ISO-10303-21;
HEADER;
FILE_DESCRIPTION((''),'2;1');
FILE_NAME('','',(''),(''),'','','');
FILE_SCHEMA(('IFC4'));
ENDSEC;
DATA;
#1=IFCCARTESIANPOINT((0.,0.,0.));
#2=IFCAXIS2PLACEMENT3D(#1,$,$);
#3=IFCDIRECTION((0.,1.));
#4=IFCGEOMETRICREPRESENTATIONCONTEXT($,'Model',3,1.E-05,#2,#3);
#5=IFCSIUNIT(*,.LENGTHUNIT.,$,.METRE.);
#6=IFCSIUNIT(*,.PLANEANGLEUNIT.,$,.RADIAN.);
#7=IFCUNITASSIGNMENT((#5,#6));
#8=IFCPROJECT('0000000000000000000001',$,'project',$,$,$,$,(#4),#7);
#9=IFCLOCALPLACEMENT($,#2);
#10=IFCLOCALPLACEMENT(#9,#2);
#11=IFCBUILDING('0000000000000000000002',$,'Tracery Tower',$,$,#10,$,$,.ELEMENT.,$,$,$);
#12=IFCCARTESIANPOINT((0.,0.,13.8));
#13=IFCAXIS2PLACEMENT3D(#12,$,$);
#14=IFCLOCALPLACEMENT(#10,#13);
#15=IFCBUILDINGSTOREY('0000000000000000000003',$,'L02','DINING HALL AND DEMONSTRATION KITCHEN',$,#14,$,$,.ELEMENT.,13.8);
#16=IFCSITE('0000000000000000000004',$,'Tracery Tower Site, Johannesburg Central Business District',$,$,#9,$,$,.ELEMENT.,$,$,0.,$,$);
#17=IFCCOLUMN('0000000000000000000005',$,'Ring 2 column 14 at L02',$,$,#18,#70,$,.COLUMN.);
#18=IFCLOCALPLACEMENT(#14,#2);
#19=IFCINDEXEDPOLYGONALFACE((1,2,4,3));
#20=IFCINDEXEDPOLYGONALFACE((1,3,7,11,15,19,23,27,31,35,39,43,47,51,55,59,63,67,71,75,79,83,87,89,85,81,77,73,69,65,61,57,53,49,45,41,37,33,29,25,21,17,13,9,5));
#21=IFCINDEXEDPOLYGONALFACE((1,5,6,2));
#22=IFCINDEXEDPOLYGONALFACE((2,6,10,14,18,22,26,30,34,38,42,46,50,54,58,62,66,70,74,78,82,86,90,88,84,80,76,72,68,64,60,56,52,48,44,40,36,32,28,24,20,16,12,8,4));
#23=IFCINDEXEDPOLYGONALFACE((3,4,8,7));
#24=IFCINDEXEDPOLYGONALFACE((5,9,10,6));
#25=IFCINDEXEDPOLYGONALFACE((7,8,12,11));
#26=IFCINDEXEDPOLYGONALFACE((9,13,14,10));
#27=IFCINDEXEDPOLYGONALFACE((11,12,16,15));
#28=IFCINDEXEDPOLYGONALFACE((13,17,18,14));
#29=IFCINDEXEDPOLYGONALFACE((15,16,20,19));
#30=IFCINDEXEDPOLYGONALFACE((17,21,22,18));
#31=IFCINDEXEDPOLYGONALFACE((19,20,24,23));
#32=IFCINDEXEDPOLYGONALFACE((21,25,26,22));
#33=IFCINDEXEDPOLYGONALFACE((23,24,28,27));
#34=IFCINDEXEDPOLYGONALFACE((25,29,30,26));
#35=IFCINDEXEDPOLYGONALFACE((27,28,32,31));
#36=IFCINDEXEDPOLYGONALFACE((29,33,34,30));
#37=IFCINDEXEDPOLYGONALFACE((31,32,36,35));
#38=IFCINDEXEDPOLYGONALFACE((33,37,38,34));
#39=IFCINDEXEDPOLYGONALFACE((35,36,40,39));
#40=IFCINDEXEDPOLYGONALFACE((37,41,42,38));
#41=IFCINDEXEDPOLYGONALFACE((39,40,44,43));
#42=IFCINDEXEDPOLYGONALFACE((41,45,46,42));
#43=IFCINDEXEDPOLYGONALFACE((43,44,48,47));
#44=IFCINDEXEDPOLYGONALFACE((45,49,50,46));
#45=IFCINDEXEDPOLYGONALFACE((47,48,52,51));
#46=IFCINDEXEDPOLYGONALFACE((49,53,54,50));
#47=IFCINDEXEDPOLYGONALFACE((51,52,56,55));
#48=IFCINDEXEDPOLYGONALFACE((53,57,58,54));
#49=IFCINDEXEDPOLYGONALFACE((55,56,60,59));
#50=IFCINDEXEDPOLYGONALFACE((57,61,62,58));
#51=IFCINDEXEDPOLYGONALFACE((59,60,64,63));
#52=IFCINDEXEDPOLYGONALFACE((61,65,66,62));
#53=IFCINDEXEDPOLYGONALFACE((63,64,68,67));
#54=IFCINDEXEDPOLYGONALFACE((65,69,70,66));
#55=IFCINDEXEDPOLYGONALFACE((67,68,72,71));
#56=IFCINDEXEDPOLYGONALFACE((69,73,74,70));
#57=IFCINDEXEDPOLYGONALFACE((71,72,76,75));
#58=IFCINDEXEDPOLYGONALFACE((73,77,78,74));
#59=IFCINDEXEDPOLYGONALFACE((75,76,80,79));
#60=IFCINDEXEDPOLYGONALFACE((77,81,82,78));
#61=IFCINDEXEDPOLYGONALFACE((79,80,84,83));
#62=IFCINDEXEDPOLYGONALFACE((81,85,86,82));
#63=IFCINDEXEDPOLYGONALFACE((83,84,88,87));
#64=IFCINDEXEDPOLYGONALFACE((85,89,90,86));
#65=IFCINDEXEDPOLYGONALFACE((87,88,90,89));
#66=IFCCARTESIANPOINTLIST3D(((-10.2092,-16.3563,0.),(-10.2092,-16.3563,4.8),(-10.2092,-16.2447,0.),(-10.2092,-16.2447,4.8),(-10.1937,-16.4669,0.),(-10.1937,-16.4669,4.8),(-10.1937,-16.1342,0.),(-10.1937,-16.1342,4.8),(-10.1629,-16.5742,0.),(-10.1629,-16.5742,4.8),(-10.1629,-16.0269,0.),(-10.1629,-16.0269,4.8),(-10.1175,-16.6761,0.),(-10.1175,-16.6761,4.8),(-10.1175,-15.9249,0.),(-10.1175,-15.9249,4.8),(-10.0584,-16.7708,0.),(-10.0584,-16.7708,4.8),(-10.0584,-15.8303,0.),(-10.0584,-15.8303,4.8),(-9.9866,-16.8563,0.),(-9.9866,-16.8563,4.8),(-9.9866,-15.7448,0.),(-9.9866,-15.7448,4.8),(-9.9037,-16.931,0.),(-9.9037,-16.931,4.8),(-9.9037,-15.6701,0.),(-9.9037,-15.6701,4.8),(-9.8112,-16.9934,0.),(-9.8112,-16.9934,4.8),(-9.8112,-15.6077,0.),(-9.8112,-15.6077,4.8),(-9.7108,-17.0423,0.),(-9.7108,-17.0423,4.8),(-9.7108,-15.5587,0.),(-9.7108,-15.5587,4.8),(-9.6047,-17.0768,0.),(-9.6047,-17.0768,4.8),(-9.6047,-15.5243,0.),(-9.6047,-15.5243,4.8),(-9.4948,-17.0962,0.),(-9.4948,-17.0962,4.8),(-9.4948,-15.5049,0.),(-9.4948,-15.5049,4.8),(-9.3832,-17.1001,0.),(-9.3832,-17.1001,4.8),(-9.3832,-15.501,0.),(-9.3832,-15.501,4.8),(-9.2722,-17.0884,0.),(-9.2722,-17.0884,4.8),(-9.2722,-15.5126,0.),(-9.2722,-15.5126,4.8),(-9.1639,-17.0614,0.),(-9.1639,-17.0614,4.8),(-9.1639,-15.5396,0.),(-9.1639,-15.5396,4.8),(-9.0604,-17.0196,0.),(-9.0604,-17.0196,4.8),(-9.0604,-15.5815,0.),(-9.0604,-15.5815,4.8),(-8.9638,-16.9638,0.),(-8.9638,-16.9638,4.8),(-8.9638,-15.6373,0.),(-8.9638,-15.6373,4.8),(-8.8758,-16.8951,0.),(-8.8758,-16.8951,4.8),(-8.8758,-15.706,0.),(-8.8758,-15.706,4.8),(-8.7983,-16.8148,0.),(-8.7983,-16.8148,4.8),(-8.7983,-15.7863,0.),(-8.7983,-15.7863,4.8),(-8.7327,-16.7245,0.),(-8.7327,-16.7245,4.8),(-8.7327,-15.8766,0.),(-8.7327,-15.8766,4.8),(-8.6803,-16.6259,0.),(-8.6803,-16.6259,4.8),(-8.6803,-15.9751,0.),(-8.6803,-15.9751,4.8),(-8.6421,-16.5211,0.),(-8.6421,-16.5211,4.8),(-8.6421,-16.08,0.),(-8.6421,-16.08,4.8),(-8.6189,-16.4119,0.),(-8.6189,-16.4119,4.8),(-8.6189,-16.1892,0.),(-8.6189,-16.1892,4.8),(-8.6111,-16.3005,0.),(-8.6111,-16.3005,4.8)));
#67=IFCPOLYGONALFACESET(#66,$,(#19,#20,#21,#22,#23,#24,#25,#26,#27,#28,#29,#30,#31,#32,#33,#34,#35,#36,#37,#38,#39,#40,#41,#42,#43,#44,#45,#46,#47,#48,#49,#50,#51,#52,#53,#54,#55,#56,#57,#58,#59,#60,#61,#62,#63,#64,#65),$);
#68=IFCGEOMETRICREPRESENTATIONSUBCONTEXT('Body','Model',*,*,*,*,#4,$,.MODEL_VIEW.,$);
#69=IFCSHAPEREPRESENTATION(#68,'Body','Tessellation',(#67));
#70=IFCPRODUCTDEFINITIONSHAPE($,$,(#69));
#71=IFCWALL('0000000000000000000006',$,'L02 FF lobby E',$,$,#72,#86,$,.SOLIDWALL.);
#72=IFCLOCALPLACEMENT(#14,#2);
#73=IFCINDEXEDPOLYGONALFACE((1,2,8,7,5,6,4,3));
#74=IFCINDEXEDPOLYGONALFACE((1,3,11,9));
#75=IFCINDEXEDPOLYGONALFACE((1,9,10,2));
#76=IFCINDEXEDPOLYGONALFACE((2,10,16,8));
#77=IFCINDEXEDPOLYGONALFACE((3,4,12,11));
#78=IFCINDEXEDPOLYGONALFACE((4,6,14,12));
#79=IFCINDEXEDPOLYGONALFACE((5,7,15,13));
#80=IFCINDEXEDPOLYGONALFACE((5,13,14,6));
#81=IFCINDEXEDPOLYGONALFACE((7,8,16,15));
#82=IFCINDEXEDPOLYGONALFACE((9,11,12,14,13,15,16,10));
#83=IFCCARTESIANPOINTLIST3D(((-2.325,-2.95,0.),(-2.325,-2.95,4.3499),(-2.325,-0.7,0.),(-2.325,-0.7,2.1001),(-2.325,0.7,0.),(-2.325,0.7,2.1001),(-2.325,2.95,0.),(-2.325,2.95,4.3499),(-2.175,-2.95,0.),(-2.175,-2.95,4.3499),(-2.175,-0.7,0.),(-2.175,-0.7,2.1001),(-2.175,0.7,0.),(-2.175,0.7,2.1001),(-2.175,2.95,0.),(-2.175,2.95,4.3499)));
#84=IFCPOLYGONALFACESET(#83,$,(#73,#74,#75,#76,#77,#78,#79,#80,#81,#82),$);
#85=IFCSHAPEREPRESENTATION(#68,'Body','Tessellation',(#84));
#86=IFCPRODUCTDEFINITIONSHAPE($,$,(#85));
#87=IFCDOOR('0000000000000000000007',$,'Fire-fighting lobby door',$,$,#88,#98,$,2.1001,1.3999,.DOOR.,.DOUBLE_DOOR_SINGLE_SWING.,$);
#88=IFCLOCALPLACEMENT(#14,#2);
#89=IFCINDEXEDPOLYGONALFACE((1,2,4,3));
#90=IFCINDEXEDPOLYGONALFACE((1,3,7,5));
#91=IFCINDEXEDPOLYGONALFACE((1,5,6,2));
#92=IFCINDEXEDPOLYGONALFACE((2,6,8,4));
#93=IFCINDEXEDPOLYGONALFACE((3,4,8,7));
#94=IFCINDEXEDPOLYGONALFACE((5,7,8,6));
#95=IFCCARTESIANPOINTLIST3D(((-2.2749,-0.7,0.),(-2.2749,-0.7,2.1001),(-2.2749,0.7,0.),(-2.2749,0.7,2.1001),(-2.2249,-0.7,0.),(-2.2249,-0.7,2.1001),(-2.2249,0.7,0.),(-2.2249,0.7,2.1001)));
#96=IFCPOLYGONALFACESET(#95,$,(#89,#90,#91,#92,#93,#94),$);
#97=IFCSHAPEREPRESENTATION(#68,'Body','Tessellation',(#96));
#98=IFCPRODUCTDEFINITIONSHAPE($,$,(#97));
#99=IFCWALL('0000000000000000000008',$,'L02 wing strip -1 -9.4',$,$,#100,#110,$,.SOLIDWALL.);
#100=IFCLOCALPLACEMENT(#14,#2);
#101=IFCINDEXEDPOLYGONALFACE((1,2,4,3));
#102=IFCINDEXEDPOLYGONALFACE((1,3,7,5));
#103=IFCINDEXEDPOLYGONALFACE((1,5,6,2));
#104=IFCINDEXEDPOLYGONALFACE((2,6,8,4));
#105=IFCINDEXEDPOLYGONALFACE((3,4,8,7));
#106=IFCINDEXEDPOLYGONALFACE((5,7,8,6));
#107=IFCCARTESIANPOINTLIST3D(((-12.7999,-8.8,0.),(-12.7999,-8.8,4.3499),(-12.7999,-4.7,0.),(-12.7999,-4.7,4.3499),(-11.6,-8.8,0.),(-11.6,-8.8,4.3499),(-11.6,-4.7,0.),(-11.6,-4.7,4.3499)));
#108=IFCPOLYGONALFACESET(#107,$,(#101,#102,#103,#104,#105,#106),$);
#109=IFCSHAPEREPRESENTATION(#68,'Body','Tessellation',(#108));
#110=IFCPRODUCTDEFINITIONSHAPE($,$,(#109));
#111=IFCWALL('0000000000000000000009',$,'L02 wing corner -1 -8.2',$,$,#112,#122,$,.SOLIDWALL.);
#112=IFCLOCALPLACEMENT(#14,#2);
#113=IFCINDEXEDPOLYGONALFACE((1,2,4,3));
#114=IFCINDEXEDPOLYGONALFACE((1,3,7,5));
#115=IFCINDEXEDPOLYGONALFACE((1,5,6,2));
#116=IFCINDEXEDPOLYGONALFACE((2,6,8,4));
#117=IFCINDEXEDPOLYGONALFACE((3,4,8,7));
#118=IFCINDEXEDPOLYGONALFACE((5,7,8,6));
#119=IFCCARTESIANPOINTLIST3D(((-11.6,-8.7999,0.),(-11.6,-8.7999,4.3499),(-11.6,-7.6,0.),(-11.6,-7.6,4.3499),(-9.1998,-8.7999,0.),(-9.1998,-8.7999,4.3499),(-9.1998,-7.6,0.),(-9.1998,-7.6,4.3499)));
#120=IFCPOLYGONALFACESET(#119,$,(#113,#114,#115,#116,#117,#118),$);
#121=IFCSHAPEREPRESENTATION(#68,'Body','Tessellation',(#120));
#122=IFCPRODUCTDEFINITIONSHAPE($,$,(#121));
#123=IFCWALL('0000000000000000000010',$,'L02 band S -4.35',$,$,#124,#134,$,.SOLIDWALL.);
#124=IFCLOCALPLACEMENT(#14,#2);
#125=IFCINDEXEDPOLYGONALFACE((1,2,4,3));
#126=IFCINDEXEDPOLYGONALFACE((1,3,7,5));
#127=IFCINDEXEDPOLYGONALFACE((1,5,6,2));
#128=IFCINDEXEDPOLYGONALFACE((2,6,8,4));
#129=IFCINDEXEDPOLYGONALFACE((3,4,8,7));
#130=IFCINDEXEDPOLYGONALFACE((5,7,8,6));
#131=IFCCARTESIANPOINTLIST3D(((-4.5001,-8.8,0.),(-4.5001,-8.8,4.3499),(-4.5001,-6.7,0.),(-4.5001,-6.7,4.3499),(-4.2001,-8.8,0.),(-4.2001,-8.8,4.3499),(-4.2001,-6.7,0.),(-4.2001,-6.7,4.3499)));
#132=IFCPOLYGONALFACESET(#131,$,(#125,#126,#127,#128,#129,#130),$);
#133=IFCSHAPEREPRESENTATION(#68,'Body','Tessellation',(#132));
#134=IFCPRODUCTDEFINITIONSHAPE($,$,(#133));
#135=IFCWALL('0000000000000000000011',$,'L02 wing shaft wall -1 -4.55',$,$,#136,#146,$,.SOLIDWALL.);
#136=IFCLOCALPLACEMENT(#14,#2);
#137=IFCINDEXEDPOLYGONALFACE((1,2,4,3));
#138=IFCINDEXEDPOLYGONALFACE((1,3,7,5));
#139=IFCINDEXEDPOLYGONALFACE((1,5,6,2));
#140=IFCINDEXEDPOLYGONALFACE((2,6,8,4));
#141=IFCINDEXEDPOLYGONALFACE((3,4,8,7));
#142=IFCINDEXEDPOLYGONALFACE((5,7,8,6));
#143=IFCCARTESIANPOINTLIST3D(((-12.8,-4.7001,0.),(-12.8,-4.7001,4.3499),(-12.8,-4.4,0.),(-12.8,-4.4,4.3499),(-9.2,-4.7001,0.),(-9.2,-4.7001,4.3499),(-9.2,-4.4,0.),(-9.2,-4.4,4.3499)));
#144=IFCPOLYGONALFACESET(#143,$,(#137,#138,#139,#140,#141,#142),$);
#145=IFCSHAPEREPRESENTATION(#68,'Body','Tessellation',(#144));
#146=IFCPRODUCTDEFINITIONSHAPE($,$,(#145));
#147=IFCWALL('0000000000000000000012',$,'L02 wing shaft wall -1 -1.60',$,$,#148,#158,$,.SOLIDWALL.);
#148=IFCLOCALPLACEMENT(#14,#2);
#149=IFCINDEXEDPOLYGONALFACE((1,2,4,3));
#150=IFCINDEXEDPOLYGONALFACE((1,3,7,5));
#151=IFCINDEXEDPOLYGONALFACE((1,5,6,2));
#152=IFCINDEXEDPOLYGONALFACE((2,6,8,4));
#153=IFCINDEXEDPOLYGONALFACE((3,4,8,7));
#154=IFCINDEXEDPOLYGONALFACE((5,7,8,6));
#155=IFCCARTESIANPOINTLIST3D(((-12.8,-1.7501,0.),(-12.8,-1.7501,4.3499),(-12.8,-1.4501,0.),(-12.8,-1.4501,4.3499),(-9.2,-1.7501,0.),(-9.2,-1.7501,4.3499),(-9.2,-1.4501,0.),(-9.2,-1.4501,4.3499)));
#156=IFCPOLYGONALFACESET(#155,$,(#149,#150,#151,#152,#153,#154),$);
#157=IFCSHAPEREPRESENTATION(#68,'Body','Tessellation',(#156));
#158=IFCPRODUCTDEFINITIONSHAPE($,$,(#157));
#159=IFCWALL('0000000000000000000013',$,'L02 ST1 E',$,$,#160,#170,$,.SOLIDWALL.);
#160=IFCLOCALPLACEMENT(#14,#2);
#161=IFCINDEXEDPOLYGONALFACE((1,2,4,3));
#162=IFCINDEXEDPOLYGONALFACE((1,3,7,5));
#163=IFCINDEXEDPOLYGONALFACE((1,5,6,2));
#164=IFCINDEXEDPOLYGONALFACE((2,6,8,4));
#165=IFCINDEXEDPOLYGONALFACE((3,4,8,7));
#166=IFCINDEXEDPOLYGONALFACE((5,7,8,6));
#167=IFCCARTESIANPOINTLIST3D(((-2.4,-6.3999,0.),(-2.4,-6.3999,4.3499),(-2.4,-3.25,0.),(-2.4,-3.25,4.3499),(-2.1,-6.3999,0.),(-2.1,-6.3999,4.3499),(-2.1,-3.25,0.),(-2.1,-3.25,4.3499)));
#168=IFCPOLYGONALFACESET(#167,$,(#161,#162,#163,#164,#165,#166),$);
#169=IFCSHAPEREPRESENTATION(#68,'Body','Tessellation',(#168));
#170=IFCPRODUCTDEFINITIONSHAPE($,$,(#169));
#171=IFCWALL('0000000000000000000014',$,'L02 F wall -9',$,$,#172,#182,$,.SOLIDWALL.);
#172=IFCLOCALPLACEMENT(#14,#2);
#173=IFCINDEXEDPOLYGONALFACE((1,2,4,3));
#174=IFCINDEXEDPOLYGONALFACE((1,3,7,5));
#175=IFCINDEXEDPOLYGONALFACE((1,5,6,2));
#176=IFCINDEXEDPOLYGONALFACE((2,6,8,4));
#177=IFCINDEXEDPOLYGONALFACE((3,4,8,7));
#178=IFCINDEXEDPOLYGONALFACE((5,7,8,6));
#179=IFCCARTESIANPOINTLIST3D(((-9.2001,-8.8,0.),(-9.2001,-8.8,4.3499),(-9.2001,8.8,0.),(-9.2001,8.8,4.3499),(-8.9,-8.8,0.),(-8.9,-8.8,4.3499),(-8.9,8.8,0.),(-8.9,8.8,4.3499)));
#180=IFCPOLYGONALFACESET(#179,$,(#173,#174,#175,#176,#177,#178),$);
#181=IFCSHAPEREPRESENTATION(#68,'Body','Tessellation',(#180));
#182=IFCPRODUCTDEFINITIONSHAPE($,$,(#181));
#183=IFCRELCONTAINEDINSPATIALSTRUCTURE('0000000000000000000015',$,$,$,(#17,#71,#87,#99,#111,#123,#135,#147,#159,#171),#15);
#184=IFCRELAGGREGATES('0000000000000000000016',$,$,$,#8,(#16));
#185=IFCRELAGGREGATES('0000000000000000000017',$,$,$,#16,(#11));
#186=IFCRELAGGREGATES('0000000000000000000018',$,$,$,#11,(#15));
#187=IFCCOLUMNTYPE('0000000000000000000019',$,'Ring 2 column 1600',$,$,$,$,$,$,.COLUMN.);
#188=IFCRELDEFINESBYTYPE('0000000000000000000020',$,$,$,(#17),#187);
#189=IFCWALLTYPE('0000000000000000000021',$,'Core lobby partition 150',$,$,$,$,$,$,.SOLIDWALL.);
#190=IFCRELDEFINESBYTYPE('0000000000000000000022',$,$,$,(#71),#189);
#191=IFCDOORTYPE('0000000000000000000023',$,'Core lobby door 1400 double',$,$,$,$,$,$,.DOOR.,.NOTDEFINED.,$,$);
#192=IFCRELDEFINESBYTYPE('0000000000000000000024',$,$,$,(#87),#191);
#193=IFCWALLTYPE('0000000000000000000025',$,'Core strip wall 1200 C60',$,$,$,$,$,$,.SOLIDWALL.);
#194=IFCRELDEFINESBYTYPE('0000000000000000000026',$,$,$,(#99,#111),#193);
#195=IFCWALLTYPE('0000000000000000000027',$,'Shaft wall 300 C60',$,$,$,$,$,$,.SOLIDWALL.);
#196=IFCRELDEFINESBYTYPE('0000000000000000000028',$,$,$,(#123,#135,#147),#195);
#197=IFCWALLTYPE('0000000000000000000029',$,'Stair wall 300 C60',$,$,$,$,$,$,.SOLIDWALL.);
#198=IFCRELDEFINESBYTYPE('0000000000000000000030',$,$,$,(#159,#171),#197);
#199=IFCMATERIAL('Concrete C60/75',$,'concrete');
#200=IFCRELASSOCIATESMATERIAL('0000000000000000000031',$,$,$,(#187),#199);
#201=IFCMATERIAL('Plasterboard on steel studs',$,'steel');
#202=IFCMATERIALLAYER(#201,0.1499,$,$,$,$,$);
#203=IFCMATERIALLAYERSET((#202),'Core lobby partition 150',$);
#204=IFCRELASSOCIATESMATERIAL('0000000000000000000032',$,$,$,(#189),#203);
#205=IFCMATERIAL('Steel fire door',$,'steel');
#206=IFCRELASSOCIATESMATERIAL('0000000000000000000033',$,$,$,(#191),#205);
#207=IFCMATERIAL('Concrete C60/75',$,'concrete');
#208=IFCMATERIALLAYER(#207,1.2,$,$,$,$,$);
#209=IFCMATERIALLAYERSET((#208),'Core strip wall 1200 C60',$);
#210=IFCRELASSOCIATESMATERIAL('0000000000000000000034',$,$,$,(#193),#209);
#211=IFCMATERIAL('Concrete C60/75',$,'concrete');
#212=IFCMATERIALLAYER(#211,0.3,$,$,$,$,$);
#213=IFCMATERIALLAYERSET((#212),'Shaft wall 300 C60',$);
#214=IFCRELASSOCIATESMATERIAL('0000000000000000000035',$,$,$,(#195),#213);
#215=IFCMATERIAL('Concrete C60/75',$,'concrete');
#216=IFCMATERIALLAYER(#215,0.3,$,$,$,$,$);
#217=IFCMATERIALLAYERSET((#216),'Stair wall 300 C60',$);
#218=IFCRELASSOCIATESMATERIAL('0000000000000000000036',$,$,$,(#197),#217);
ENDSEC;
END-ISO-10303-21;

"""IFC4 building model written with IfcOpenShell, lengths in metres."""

from ifc_helpers import new_model, si_unit, direction, frame, frame_2d, origin, origin_2d, place, context, subcontext, project, spatial, rectangle, circle, extrude, material, layer, layer_set, material_profile, profile_set, type_object, element, fill, save


model = new_model("IFC4")

# Units and contexts
model_context = context("Model", 3, precision=1e-05, world=origin(), true_north=direction((0.0, 1.0)))
body_context = subcontext(model_context, "Body", "Model", "MODEL_VIEW")
ifc_project = project(units=[si_unit("LENGTHUNIT", "METRE"), si_unit("PLANEANGLEUNIT", "RADIAN")], contexts=[model_context])

# Site, building, storey
site_placement = place(None, origin())
site = spatial("IfcSite", under=ifc_project, at=site_placement, Name="Tracery Tower Site, Johannesburg Central Business District", CompositionType="ELEMENT", RefElevation=0.0)
building_placement = place(site_placement, origin())
building = spatial("IfcBuilding", under=site, at=building_placement, Name="Tracery Tower", CompositionType="ELEMENT")
storey_placement = place(building_placement, frame((0.0, 0.0, 13.8)))
storey = spatial("IfcBuildingStorey", under=building, at=storey_placement, Name="L02", Description="DINING HALL AND DEMONSTRATION KITCHEN", CompositionType="ELEMENT", Elevation=13.8)

# Column
ifc_material_1 = material(Name="Concrete C60/75", Category="concrete")
ifc_material_profile = material_profile(ifc_material_1, circle(Radius=0.8, at=origin_2d()), Name="RC D1600")
ifc_profile_set = profile_set([ifc_material_profile], Name="Concrete C60/75")
column_type = type_object("IfcColumnType", Name="Ring 2 column 1600", PredefinedType="COLUMN", material=ifc_profile_set)
column_placement = place(storey_placement, frame((-9.4111, -16.3005, 0.0), z_axis=(0.0, 0.0, 1.0), x_axis=(1.0, 0.0, 0.0)))
element("IfcColumn", 1, at=column_placement, inside=storey, type_object=column_type, Name="Ring 2 column 14 at L02", PredefinedType="COLUMN", context=body_context, shape_type="SweptSolid", body=[
    extrude(circle(Radius=0.8, at=origin_2d()), origin(), (0.0, 0.0, 1.0), 4.8),
])

# Wall, opening, door
ifc_material_2 = material(Name="Plasterboard on steel studs", Category="steel")
ifc_layer_1 = layer(ifc_material_2, 0.1499)
ifc_layer_set_1 = layer_set([ifc_layer_1], Name="Core lobby partition 150")
wall_type_1 = type_object("IfcWallType", Name="Core lobby partition 150", PredefinedType="SOLIDWALL", material=ifc_layer_set_1)
wall_1_placement = place(storey_placement, frame((-2.25, -2.95, 0.0), z_axis=(0.0, 0.0, 1.0), x_axis=(0.0, 1.0, 0.0)))
wall_1 = element("IfcWall", 2, at=wall_1_placement, inside=storey, type_object=wall_type_1, Name="L02 FF lobby E", PredefinedType="SOLIDWALL", context=body_context, shape_type="SweptSolid", body=[
    extrude(rectangle(XDim=5.8999, YDim=0.1499, at=frame_2d((2.95, 0.0))), origin(), (0.0, 0.0, 1.0), 4.3499),
])
opening_1_placement = place(wall_1_placement, frame((2.25, 0.0, 0.0)))
opening_1 = element("IfcOpeningElement", 3, at=opening_1_placement, cuts=wall_1, PredefinedType="OPENING", context=body_context, shape_type="SweptSolid", body=[
    extrude(rectangle(XDim=1.3999, YDim=2.1001, at=frame_2d((0.7, 1.05))), frame((0.0, 0.075, 0.0), z_axis=(0.0, -1.0, 0.0), x_axis=(1.0, 0.0, 0.0)), (0.0, 0.0, 1.0), 0.1499),
])
ifc_material_3 = material(Name="Steel fire door", Category="steel")
door_type_1 = type_object("IfcDoorType", Name="Core lobby door 1400 double", OperationType="NOTDEFINED", PredefinedType="DOOR", material=ifc_material_3)
door_1_placement = place(opening_1_placement, origin())
door_1 = element("IfcDoor", 4, at=door_1_placement, inside=storey, type_object=door_type_1, Name="Fire-fighting lobby door", OperationType="DOUBLE_DOOR_SINGLE_SWING", OverallHeight=2.1001, OverallWidth=1.3999, PredefinedType="DOOR", context=body_context, shape_type="SweptSolid", body=[
    extrude(rectangle(XDim=1.3999, YDim=2.1001, at=frame_2d((0.7, 1.05))), frame((0.0, 0.0249, 0.0), z_axis=(0.0, -1.0, 0.0), x_axis=(1.0, 0.0, 0.0)), (0.0, 0.0, 1.0), 0.05),
])
fill(opening_1, door_1)

# Walls
ifc_material_4 = material(Name="Concrete C60/75", Category="concrete")
ifc_layer_2 = layer(ifc_material_4, 1.2)
ifc_layer_set_2 = layer_set([ifc_layer_2], Name="Core strip wall 1200 C60")
wall_type_2 = type_object("IfcWallType", Name="Core strip wall 1200 C60", PredefinedType="SOLIDWALL", material=ifc_layer_set_2)
wall_2_placement = place(storey_placement, frame((-12.2, -8.8, 0.0), z_axis=(0.0, 0.0, 1.0), x_axis=(0.0, 1.0, 0.0)))
element("IfcWall", 5, at=wall_2_placement, inside=storey, type_object=wall_type_2, Name="L02 wing strip -1 -9.4", PredefinedType="SOLIDWALL", context=body_context, shape_type="SweptSolid", body=[
    extrude(rectangle(XDim=4.1001, YDim=1.2, at=frame_2d((2.05, 0.0))), origin(), (0.0, 0.0, 1.0), 4.3499),
])
wall_3_placement = place(storey_placement, frame((-11.6001, -8.2, 0.0), z_axis=(0.0, 0.0, 1.0), x_axis=(1.0, 0.0, 0.0)))
element("IfcWall", 6, at=wall_3_placement, inside=storey, type_object=wall_type_2, Name="L02 wing corner -1 -8.2", PredefinedType="SOLIDWALL", context=body_context, shape_type="SweptSolid", body=[
    extrude(rectangle(XDim=2.4001, YDim=1.2, at=frame_2d((1.2002, 0.0))), origin(), (0.0, 0.0, 1.0), 4.3499),
])

# Shared definitions
ifc_material_5 = material(Name="Concrete C60/75", Category="concrete")
ifc_layer_3 = layer(ifc_material_5, 0.3)
ifc_layer_set_3 = layer_set([ifc_layer_3], Name="Shaft wall 300 C60")
wall_type_3 = type_object("IfcWallType", Name="Shaft wall 300 C60", PredefinedType="SOLIDWALL", material=ifc_layer_set_3)

# Walls
wall_4_placement = place(storey_placement, frame((-4.3501, -8.8, 0.0), z_axis=(0.0, 0.0, 1.0), x_axis=(0.0, 1.0, 0.0)))
element("IfcWall", 7, at=wall_4_placement, inside=storey, type_object=wall_type_3, Name="L02 band S -4.35", PredefinedType="SOLIDWALL", context=body_context, shape_type="SweptSolid", body=[
    extrude(rectangle(XDim=2.1001, YDim=0.3, at=frame_2d((1.05, 0.0))), origin(), (0.0, 0.0, 1.0), 4.3499),
])
for number, where, z_axis, x_axis, name in (
    (8, (-12.8, -4.55, 0.0), (0.0, 0.0, 1.0), (1.0, 0.0, 0.0), "L02 wing shaft wall -1 -4.55"),
    (9, (-12.8, -1.6001, 0.0), (0.0, 0.0, 1.0), (1.0, 0.0, 0.0), "L02 wing shaft wall -1 -1.60"),
):
    element("IfcWall", number, at=place(storey_placement, frame(where, z_axis=z_axis, x_axis=x_axis)), inside=storey, type_object=wall_type_3, Name=name, PredefinedType="SOLIDWALL", context=body_context, shape_type="SweptSolid", body=[
        extrude(rectangle(XDim=3.6001, YDim=0.3, at=frame_2d((1.8, 0.0))), origin(), (0.0, 0.0, 1.0), 4.3499),
    ])

# Shared definitions
ifc_material_6 = material(Name="Concrete C60/75", Category="concrete")
ifc_layer_4 = layer(ifc_material_6, 0.3)
ifc_layer_set_4 = layer_set([ifc_layer_4], Name="Stair wall 300 C60")
wall_type_4 = type_object("IfcWallType", Name="Stair wall 300 C60", PredefinedType="SOLIDWALL", material=ifc_layer_set_4)

# Walls
wall_5_placement = place(storey_placement, frame((-2.25, -6.3999, 0.0), z_axis=(0.0, 0.0, 1.0), x_axis=(0.0, 1.0, 0.0)))
element("IfcWall", 10, at=wall_5_placement, inside=storey, type_object=wall_type_4, Name="L02 ST1 E", PredefinedType="SOLIDWALL", context=body_context, shape_type="SweptSolid", body=[
    extrude(rectangle(XDim=3.1499, YDim=0.3, at=frame_2d((1.575, 0.0))), origin(), (0.0, 0.0, 1.0), 4.3499),
])
wall_6_placement = place(storey_placement, frame((-9.05, -8.8, 0.0), z_axis=(0.0, 0.0, 1.0), x_axis=(0.0, 1.0, 0.0)))
element("IfcWall", 11, at=wall_6_placement, inside=storey, type_object=wall_type_4, Name="L02 F wall -9", PredefinedType="SOLIDWALL", context=body_context, shape_type="SweptSolid", body=[
    extrude(rectangle(XDim=17.6001, YDim=0.3, at=frame_2d((8.8, 0.0))), origin(), (0.0, 0.0, 1.0), 4.3499),
])

save(model, "model.ifc")
